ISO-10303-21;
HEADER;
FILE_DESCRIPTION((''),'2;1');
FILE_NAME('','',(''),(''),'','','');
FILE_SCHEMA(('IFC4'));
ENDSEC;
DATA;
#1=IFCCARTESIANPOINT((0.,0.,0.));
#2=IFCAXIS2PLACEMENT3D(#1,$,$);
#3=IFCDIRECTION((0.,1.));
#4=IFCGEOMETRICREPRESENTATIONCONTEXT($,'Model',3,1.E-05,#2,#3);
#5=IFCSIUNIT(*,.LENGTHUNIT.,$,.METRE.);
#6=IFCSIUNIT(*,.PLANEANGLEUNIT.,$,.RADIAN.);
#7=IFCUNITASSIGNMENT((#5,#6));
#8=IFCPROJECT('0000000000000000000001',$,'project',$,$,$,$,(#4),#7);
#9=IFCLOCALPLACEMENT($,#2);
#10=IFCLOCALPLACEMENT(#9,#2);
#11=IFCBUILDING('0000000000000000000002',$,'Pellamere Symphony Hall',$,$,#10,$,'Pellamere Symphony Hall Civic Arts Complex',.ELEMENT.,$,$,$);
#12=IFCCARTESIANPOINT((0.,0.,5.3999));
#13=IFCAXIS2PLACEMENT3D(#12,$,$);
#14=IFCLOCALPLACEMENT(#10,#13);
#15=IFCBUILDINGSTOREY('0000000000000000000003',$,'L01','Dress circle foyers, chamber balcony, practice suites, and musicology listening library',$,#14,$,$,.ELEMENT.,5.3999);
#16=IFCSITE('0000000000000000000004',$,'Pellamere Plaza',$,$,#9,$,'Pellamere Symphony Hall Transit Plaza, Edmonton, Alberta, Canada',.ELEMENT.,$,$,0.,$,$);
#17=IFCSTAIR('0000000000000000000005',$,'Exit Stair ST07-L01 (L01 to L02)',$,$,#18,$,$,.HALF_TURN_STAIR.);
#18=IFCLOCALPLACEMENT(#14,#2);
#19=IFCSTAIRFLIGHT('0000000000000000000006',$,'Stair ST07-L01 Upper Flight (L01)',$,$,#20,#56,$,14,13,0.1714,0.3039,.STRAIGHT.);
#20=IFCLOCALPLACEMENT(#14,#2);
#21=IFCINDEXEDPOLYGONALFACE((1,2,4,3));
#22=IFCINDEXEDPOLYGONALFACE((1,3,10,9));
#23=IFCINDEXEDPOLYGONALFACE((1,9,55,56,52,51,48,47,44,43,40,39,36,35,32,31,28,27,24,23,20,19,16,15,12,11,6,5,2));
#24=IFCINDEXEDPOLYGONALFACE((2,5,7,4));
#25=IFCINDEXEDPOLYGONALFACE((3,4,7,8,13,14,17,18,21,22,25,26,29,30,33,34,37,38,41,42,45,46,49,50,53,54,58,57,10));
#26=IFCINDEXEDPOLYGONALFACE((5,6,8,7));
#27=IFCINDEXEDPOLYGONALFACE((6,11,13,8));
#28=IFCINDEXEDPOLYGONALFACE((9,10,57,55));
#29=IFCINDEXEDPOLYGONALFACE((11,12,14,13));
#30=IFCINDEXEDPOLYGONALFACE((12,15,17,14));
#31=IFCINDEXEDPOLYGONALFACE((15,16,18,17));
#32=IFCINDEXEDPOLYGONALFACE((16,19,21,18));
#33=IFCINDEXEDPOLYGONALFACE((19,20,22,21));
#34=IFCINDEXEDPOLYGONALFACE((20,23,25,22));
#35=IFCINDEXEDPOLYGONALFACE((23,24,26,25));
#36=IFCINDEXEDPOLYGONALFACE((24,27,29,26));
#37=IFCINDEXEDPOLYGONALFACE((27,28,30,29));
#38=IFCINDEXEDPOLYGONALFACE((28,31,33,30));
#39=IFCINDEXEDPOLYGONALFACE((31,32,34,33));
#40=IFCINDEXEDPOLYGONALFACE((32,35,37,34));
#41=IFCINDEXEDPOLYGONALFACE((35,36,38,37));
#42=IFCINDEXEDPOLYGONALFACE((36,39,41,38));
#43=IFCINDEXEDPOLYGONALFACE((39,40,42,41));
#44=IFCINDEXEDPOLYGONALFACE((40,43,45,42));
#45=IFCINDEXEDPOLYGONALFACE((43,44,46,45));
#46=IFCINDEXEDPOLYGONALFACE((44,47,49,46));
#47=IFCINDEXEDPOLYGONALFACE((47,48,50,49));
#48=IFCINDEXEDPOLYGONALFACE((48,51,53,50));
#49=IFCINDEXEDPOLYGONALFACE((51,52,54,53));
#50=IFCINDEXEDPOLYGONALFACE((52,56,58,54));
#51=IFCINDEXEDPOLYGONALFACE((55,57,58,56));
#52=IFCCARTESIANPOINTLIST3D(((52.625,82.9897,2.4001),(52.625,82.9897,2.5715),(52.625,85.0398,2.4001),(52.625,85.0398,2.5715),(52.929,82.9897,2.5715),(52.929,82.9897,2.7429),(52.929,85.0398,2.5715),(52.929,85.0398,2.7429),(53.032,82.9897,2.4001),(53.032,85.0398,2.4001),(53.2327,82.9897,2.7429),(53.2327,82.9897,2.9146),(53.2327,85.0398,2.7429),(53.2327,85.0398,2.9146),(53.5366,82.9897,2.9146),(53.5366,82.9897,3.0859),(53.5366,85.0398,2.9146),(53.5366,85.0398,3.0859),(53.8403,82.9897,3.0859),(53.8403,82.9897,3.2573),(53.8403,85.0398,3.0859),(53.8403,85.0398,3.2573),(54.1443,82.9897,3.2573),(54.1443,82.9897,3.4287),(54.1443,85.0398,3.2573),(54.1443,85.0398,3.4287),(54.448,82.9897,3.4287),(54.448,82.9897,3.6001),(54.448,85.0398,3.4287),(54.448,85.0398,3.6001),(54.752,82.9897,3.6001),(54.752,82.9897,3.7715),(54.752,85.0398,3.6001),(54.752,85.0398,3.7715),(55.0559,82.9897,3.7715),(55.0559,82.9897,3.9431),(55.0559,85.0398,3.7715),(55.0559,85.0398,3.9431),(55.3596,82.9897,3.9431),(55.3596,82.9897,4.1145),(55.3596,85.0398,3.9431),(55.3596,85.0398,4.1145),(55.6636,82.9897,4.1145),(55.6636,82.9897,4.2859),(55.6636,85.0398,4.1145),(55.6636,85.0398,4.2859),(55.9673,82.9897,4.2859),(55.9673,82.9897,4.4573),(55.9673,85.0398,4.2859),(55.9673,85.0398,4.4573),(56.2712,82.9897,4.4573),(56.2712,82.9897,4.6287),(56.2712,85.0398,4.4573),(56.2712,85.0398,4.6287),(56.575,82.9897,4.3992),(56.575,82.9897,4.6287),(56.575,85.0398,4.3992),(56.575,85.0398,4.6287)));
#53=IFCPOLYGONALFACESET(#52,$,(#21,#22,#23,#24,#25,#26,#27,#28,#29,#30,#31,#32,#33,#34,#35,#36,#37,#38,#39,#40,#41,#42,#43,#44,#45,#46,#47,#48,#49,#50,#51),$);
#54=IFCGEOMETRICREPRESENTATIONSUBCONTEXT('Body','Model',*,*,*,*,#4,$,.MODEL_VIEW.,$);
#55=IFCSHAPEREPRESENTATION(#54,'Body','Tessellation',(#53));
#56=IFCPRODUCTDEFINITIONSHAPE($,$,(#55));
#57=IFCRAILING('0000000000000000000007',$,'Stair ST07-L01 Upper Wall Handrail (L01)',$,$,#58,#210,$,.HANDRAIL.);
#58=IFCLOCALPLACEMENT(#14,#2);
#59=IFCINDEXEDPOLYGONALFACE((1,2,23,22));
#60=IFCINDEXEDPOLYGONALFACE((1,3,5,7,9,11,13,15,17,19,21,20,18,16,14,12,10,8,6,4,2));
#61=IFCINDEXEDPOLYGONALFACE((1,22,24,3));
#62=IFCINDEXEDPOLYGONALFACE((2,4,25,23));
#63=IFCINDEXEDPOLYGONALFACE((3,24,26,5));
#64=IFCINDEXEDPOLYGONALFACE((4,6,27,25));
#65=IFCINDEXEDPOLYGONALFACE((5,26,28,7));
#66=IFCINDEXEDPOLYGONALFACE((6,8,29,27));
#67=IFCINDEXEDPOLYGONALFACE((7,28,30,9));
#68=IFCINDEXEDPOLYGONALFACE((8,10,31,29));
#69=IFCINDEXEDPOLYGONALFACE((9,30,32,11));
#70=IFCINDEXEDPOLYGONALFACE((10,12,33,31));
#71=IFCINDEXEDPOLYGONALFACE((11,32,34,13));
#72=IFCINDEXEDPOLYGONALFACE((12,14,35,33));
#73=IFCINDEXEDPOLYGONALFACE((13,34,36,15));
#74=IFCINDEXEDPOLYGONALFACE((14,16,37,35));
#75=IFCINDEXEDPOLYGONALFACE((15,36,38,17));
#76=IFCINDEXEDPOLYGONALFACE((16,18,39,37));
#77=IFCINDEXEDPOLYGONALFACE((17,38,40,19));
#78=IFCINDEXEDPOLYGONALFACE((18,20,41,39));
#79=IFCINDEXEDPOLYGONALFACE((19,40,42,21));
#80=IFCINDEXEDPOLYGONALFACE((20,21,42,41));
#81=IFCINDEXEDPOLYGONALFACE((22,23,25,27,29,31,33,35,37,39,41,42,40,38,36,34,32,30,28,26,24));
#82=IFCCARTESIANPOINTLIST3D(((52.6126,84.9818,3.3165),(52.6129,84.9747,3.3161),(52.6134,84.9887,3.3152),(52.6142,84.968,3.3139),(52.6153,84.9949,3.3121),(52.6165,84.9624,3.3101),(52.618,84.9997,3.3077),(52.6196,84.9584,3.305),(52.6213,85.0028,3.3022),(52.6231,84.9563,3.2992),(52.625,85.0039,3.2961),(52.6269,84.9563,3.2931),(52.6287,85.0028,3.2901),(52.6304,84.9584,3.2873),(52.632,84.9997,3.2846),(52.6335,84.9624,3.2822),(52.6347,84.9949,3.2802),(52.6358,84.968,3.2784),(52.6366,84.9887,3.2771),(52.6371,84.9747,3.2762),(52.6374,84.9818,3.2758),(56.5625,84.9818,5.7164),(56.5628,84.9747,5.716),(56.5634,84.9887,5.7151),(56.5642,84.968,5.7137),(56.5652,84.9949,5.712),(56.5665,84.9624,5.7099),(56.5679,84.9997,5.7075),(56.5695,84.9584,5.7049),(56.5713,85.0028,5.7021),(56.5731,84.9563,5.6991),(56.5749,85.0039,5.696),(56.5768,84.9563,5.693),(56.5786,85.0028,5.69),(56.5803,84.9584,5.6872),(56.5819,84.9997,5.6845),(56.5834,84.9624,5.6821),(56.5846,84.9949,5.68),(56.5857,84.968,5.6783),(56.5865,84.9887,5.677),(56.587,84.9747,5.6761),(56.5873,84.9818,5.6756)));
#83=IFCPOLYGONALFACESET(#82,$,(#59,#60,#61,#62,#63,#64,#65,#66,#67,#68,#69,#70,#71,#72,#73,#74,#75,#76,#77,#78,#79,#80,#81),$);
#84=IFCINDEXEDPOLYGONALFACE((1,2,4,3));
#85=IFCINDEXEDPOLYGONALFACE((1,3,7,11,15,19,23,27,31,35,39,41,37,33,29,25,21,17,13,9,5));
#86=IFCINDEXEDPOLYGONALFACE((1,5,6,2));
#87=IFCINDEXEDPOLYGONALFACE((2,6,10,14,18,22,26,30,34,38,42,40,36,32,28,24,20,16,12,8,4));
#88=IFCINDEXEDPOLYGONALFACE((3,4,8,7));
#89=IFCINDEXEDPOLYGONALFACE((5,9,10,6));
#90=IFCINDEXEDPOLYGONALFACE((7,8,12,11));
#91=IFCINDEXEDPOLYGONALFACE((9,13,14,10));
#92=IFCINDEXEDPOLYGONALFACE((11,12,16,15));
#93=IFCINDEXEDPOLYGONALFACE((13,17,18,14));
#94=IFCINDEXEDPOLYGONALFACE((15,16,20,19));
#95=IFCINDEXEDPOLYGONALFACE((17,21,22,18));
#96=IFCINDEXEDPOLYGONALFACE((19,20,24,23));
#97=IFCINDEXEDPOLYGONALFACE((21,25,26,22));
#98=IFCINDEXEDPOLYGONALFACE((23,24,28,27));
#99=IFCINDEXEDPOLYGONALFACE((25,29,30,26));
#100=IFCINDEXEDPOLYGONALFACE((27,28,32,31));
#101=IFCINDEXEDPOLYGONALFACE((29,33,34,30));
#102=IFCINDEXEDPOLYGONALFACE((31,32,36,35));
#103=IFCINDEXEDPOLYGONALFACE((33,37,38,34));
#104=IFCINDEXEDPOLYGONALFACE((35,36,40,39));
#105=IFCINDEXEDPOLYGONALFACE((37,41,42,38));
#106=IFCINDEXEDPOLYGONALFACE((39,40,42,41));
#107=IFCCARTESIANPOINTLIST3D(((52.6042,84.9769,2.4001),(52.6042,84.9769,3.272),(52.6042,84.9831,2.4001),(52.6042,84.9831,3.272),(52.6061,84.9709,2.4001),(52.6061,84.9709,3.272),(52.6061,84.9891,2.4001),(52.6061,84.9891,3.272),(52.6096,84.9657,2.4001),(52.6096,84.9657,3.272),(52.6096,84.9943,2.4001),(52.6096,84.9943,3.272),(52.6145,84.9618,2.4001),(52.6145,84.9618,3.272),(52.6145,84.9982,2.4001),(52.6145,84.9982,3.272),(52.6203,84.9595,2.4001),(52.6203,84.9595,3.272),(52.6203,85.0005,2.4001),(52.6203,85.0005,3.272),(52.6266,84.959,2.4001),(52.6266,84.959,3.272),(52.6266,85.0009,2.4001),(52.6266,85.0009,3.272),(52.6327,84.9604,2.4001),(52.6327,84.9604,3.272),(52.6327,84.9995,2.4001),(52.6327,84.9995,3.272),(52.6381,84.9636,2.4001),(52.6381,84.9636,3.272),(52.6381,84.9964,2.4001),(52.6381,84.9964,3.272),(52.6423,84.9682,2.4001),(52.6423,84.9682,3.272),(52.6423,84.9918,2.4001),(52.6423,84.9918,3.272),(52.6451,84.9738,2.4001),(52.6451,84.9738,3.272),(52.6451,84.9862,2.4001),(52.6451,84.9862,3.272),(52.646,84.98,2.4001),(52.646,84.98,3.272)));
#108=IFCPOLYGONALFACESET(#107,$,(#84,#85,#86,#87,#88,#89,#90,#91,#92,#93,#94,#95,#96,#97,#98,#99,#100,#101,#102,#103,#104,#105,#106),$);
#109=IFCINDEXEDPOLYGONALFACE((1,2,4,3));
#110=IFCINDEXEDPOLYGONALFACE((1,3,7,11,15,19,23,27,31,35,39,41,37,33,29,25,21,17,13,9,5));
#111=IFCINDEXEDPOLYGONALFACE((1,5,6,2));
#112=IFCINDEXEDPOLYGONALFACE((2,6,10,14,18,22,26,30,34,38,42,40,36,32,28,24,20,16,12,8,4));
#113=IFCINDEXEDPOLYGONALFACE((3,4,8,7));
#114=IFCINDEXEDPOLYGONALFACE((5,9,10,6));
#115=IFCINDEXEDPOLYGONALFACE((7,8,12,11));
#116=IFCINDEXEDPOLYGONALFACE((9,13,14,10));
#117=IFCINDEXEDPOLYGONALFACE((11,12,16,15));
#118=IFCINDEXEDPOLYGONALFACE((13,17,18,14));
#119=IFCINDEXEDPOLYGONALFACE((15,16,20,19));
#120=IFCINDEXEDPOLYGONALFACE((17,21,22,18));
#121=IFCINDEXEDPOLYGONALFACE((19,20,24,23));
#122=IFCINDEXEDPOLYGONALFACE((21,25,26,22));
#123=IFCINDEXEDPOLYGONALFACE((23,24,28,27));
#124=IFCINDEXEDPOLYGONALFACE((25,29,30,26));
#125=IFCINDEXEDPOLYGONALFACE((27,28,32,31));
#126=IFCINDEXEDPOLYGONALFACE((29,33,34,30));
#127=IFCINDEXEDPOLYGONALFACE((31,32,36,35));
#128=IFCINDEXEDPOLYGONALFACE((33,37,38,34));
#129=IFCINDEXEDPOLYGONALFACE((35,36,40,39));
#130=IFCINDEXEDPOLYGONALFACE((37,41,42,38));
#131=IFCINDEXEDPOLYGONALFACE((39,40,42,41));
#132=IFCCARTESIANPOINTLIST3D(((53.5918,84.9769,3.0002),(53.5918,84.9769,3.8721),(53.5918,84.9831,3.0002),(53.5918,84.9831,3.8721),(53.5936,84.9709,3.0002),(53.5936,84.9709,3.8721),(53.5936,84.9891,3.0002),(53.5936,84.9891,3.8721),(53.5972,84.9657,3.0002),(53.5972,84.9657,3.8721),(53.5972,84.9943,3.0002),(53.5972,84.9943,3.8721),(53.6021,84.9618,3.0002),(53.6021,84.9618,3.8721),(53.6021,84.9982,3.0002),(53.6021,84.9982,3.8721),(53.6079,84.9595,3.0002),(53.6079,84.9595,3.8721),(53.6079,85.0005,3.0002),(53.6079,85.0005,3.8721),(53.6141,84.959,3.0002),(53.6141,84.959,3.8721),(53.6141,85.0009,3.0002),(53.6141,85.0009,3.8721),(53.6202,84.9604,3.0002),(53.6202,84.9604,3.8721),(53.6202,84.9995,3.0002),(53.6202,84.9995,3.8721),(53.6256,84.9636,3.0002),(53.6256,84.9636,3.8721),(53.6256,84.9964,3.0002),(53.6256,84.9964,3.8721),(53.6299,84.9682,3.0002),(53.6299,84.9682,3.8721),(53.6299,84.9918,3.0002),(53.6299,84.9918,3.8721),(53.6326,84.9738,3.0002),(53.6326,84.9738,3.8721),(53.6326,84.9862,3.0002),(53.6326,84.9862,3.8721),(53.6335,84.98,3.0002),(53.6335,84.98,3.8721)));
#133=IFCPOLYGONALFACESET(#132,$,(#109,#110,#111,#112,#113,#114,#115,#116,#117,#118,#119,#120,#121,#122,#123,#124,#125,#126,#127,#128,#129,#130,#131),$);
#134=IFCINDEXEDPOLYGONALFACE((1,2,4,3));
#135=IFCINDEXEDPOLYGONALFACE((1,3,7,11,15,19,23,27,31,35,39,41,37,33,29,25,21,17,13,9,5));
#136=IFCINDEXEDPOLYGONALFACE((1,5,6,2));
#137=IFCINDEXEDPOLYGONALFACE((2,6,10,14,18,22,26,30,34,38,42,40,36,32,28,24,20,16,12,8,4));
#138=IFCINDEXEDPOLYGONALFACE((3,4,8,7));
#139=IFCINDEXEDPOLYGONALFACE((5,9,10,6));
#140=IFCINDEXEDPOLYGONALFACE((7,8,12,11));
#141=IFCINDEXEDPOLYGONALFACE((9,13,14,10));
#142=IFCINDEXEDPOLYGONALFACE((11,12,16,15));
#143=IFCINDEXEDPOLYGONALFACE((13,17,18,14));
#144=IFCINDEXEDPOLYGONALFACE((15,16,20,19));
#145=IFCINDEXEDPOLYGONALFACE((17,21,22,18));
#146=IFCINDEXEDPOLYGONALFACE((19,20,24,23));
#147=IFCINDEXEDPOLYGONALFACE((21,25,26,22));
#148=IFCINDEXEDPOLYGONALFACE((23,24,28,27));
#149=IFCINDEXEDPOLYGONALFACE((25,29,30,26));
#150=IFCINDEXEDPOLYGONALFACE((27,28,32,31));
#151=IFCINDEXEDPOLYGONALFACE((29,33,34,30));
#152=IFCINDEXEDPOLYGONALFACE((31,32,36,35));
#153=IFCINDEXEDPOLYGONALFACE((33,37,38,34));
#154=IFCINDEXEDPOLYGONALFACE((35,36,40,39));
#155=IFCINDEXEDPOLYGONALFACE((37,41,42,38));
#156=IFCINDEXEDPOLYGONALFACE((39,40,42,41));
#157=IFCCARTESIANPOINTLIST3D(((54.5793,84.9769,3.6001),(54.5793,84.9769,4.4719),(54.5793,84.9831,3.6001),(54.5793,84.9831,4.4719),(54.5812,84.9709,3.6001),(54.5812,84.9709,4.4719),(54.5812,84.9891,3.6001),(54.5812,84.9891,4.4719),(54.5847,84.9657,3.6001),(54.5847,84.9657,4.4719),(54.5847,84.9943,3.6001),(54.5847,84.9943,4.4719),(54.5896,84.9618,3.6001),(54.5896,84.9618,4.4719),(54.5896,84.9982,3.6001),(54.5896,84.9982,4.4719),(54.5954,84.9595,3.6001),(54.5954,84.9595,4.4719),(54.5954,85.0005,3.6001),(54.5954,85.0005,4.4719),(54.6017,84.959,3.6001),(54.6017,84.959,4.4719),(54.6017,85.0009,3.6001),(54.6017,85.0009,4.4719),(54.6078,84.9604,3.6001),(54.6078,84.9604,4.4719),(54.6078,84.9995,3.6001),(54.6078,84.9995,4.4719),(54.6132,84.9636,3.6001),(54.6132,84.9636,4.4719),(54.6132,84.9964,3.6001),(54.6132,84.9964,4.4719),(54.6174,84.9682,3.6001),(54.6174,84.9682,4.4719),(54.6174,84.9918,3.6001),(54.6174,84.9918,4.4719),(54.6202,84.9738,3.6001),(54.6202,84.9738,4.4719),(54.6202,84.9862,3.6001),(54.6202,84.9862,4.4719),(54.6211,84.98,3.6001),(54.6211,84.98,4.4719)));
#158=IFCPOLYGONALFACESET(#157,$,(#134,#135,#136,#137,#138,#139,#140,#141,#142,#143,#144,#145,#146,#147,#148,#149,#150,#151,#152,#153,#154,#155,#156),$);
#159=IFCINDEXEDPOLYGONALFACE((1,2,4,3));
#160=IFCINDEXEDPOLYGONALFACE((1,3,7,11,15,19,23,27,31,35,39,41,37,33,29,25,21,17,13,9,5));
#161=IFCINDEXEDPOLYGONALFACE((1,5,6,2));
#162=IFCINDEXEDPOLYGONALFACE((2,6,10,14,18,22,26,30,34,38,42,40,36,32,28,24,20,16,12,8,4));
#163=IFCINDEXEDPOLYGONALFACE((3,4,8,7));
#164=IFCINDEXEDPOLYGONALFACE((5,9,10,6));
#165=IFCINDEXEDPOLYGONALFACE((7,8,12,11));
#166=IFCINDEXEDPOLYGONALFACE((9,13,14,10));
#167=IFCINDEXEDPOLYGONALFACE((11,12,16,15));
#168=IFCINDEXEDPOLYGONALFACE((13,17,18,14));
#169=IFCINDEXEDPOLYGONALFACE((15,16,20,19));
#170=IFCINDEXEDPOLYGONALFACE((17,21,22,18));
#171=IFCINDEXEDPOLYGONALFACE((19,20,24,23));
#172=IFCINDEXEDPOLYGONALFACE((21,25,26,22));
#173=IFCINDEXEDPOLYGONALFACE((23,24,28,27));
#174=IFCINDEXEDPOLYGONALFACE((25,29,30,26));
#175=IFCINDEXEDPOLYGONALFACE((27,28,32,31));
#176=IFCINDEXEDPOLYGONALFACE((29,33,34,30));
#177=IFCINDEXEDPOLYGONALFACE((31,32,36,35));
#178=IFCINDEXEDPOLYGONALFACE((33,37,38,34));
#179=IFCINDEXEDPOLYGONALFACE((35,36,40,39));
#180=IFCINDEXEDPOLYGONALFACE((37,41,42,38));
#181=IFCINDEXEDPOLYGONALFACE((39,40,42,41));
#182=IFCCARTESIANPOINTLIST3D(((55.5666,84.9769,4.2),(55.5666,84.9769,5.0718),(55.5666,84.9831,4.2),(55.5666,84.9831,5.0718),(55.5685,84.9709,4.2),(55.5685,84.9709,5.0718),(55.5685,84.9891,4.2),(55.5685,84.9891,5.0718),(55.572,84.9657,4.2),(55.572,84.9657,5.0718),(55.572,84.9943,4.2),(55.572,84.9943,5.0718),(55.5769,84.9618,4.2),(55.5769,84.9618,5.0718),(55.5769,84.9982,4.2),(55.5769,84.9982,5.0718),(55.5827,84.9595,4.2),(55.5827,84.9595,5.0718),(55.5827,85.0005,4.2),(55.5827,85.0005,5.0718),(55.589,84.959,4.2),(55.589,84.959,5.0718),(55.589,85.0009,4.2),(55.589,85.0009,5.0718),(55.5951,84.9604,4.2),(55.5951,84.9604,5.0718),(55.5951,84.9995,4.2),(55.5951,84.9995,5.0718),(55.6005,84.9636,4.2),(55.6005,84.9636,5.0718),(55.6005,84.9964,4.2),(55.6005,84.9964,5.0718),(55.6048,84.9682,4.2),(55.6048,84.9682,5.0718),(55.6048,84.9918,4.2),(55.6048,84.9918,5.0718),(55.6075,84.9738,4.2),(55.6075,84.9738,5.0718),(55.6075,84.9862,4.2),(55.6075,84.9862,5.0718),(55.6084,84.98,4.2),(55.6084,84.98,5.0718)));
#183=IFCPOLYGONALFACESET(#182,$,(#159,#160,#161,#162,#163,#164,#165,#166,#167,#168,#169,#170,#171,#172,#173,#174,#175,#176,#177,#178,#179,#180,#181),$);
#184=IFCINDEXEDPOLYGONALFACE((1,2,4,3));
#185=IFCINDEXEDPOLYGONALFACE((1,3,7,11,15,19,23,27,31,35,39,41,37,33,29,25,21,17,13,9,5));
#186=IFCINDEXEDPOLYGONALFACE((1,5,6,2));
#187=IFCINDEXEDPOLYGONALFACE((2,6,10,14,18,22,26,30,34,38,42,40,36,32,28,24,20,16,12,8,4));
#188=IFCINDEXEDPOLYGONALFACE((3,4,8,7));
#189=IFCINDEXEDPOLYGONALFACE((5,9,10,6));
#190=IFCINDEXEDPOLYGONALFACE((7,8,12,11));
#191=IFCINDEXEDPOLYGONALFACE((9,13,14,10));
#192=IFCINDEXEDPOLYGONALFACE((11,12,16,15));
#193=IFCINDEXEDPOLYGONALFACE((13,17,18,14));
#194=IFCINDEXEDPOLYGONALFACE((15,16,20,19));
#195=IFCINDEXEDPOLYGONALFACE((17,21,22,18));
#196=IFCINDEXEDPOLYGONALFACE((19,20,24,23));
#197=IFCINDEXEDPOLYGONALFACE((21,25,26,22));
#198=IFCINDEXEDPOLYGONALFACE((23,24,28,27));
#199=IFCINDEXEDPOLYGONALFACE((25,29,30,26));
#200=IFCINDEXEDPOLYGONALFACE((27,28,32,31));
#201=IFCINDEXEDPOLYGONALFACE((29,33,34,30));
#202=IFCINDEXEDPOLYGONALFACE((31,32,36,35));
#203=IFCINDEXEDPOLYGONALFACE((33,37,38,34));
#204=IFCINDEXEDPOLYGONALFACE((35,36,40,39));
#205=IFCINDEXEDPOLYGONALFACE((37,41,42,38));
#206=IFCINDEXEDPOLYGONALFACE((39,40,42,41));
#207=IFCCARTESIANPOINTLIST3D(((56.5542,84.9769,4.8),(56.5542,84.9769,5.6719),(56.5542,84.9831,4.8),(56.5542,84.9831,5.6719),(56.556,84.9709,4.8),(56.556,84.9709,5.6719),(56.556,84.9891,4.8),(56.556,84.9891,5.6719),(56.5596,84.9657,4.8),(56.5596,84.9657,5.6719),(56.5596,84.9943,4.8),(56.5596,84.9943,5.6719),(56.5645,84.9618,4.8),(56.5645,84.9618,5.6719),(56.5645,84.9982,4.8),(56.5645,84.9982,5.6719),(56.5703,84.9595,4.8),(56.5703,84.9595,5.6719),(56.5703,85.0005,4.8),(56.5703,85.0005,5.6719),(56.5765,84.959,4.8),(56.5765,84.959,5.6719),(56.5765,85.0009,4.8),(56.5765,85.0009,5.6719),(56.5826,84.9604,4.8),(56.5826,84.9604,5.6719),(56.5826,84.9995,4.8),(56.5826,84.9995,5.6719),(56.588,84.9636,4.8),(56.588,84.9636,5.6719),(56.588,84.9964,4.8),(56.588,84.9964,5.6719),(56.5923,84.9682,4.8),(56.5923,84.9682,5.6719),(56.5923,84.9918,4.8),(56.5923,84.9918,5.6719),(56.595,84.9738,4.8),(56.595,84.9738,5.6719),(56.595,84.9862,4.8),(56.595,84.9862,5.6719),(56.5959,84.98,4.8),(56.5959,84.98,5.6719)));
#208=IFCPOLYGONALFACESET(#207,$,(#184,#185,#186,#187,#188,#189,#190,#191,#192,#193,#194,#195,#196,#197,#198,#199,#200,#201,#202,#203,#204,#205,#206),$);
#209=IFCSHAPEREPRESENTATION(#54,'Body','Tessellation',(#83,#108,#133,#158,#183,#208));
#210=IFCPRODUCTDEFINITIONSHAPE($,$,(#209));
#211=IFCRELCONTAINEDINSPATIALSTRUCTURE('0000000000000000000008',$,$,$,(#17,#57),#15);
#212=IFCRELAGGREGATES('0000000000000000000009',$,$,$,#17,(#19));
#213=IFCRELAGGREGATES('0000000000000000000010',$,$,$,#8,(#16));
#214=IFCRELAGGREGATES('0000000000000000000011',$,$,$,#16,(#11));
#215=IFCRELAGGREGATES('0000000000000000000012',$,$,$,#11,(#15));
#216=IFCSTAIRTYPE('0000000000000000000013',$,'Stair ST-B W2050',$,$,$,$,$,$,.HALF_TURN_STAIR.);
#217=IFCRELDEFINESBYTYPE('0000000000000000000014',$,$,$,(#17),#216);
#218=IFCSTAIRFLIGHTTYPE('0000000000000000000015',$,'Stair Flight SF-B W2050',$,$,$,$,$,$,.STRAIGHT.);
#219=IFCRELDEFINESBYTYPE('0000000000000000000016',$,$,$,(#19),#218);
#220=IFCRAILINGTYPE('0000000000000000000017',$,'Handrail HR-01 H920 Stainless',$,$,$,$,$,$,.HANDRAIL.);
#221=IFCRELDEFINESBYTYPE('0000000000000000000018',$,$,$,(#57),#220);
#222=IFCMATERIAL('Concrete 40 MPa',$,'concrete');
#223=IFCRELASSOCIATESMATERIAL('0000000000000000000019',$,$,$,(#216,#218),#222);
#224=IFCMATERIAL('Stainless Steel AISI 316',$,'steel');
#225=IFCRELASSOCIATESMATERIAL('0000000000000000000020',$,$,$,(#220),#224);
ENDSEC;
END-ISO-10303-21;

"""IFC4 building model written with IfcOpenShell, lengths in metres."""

from ifc_helpers import new_model, si_unit, direction, frame, origin, origin_2d, place, context, subcontext, project, spatial, polyline, circle, outline, extrude, material, type_object, element, aggregate, save


model = new_model("IFC4")

# Units and contexts
model_context = context("Model", 3, precision=1e-05, world=origin(), true_north=direction((0.0, 1.0)))
body_context = subcontext(model_context, "Body", "Model", "MODEL_VIEW")
ifc_project = project(units=[si_unit("LENGTHUNIT", "METRE"), si_unit("PLANEANGLEUNIT", "RADIAN")], contexts=[model_context])

# Site, building, storey
site_placement = place(None, origin())
site = spatial("IfcSite", under=ifc_project, at=site_placement, Name="Pellamere Plaza", LongName="Pellamere Symphony Hall Transit Plaza, Edmonton, Alberta, Canada", CompositionType="ELEMENT", RefElevation=0.0)
building_placement = place(site_placement, origin())
building = spatial("IfcBuilding", under=site, at=building_placement, Name="Pellamere Symphony Hall", LongName="Pellamere Symphony Hall Civic Arts Complex", CompositionType="ELEMENT")
storey_placement = place(building_placement, frame((0.0, 0.0, 5.3999)))
storey = spatial("IfcBuildingStorey", under=building, at=storey_placement, Name="L01", Description="Dress circle foyers, chamber balcony, practice suites, and musicology listening library", CompositionType="ELEMENT", Elevation=5.3999)

# Shared definitions
ifc_material_1 = material(Name="Concrete 40 MPa", Category="concrete")

# Stair, stair flight
stair_type = type_object("IfcStairType", Name="Stair ST-B W2050", PredefinedType="HALF_TURN_STAIR", material=ifc_material_1)
stair_placement = place(storey_placement, origin())
stair = element("IfcStair", 1, at=stair_placement, inside=storey, type_object=stair_type, Name="Exit Stair ST07-L01 (L01 to L02)", PredefinedType="HALF_TURN_STAIR")
stair_flight_type = type_object("IfcStairFlightType", Name="Stair Flight SF-B W2050", PredefinedType="STRAIGHT", material=ifc_material_1)
stair_flight_placement = place(storey_placement, frame((52.625, 84.0149, 2.4001), z_axis=(0.0, 0.0, 1.0), x_axis=(1.0, 0.0, 0.0)))
stair_flight = element("IfcStairFlight", 2, at=stair_flight_placement, type_object=stair_flight_type, Name="Stair ST07-L01 Upper Flight (L01)", NumberOfRisers=14, NumberOfTreads=13, PredefinedType="STRAIGHT", RiserHeight=0.1714, TreadLength=0.3039, context=body_context, shape_type="SweptSolid", body=[
    extrude(outline(polyline([(0.0, 0.0), (0.0, 0.1714), (0.304, 0.1714), (0.304, 0.3428), (0.6077, 0.3428), (0.6077, 0.5144), (0.9116, 0.5144), (0.9116, 0.6858), (1.2153, 0.6858), (1.2153, 0.8572), (1.5193, 0.8572), (1.5193, 1.0286), (1.823, 1.0286), (1.823, 1.2), (2.127, 1.2), (2.127, 1.3713), (2.4309, 1.3713), (2.4309, 1.543), (2.7346, 1.543), (2.7346, 1.7144), (3.0386, 1.7144), (3.0386, 1.8857), (3.3423, 1.8857), (3.3423, 2.0571), (3.6462, 2.0571), (3.6462, 2.2285), (3.95, 2.2285), (3.95, 2.3999), (3.95, 1.999), (0.407, 0.0), (0.0, 0.0)])), frame((0.0, 1.0249, 0.0), z_axis=(0.0, -1.0, 0.0), x_axis=(1.0, 0.0, 0.0)), (0.0, 0.0, 1.0), 2.05),
])
aggregate(stair, [stair_flight])

# Railing
ifc_material_2 = material(Name="Stainless Steel AISI 316", Category="steel")
railing_type = type_object("IfcRailingType", Name="Handrail HR-01 H920 Stainless", PredefinedType="HANDRAIL", material=ifc_material_2)
railing_placement = place(storey_placement, frame((52.625, 84.98, 2.4001)))
element("IfcRailing", 3, at=railing_placement, inside=storey, type_object=railing_type, Name="Stair ST07-L01 Upper Wall Handrail (L01)", PredefinedType="HANDRAIL", context=body_context, shape_type="SweptSolid", body=[
    extrude(circle(Radius=0.0239, at=origin_2d()), frame((0.0, 0.0, 0.896), z_axis=(0.854623, 0.0, 0.51925), x_axis=(0.0, 1.0, 0.0)), (0.0, 0.0, 1.0), 4.6218),
    extrude(circle(Radius=0.021, at=origin_2d()), origin(), (0.0, 0.0, 1.0), 0.8718),
    extrude(circle(Radius=0.021, at=origin_2d()), frame((0.9875, 0.0, 0.6001)), (0.0, 0.0, 1.0), 0.8718),
    extrude(circle(Radius=0.021, at=origin_2d()), frame((1.9751, 0.0, 1.2)), (0.0, 0.0, 1.0), 0.8718),
    extrude(circle(Radius=0.021, at=origin_2d()), frame((2.9624, 0.0, 1.7998)), (0.0, 0.0, 1.0), 0.8718),
    extrude(circle(Radius=0.021, at=origin_2d()), frame((3.95, 0.0, 2.3999)), (0.0, 0.0, 1.0), 0.8718),
])

save(model, "model.ifc")
